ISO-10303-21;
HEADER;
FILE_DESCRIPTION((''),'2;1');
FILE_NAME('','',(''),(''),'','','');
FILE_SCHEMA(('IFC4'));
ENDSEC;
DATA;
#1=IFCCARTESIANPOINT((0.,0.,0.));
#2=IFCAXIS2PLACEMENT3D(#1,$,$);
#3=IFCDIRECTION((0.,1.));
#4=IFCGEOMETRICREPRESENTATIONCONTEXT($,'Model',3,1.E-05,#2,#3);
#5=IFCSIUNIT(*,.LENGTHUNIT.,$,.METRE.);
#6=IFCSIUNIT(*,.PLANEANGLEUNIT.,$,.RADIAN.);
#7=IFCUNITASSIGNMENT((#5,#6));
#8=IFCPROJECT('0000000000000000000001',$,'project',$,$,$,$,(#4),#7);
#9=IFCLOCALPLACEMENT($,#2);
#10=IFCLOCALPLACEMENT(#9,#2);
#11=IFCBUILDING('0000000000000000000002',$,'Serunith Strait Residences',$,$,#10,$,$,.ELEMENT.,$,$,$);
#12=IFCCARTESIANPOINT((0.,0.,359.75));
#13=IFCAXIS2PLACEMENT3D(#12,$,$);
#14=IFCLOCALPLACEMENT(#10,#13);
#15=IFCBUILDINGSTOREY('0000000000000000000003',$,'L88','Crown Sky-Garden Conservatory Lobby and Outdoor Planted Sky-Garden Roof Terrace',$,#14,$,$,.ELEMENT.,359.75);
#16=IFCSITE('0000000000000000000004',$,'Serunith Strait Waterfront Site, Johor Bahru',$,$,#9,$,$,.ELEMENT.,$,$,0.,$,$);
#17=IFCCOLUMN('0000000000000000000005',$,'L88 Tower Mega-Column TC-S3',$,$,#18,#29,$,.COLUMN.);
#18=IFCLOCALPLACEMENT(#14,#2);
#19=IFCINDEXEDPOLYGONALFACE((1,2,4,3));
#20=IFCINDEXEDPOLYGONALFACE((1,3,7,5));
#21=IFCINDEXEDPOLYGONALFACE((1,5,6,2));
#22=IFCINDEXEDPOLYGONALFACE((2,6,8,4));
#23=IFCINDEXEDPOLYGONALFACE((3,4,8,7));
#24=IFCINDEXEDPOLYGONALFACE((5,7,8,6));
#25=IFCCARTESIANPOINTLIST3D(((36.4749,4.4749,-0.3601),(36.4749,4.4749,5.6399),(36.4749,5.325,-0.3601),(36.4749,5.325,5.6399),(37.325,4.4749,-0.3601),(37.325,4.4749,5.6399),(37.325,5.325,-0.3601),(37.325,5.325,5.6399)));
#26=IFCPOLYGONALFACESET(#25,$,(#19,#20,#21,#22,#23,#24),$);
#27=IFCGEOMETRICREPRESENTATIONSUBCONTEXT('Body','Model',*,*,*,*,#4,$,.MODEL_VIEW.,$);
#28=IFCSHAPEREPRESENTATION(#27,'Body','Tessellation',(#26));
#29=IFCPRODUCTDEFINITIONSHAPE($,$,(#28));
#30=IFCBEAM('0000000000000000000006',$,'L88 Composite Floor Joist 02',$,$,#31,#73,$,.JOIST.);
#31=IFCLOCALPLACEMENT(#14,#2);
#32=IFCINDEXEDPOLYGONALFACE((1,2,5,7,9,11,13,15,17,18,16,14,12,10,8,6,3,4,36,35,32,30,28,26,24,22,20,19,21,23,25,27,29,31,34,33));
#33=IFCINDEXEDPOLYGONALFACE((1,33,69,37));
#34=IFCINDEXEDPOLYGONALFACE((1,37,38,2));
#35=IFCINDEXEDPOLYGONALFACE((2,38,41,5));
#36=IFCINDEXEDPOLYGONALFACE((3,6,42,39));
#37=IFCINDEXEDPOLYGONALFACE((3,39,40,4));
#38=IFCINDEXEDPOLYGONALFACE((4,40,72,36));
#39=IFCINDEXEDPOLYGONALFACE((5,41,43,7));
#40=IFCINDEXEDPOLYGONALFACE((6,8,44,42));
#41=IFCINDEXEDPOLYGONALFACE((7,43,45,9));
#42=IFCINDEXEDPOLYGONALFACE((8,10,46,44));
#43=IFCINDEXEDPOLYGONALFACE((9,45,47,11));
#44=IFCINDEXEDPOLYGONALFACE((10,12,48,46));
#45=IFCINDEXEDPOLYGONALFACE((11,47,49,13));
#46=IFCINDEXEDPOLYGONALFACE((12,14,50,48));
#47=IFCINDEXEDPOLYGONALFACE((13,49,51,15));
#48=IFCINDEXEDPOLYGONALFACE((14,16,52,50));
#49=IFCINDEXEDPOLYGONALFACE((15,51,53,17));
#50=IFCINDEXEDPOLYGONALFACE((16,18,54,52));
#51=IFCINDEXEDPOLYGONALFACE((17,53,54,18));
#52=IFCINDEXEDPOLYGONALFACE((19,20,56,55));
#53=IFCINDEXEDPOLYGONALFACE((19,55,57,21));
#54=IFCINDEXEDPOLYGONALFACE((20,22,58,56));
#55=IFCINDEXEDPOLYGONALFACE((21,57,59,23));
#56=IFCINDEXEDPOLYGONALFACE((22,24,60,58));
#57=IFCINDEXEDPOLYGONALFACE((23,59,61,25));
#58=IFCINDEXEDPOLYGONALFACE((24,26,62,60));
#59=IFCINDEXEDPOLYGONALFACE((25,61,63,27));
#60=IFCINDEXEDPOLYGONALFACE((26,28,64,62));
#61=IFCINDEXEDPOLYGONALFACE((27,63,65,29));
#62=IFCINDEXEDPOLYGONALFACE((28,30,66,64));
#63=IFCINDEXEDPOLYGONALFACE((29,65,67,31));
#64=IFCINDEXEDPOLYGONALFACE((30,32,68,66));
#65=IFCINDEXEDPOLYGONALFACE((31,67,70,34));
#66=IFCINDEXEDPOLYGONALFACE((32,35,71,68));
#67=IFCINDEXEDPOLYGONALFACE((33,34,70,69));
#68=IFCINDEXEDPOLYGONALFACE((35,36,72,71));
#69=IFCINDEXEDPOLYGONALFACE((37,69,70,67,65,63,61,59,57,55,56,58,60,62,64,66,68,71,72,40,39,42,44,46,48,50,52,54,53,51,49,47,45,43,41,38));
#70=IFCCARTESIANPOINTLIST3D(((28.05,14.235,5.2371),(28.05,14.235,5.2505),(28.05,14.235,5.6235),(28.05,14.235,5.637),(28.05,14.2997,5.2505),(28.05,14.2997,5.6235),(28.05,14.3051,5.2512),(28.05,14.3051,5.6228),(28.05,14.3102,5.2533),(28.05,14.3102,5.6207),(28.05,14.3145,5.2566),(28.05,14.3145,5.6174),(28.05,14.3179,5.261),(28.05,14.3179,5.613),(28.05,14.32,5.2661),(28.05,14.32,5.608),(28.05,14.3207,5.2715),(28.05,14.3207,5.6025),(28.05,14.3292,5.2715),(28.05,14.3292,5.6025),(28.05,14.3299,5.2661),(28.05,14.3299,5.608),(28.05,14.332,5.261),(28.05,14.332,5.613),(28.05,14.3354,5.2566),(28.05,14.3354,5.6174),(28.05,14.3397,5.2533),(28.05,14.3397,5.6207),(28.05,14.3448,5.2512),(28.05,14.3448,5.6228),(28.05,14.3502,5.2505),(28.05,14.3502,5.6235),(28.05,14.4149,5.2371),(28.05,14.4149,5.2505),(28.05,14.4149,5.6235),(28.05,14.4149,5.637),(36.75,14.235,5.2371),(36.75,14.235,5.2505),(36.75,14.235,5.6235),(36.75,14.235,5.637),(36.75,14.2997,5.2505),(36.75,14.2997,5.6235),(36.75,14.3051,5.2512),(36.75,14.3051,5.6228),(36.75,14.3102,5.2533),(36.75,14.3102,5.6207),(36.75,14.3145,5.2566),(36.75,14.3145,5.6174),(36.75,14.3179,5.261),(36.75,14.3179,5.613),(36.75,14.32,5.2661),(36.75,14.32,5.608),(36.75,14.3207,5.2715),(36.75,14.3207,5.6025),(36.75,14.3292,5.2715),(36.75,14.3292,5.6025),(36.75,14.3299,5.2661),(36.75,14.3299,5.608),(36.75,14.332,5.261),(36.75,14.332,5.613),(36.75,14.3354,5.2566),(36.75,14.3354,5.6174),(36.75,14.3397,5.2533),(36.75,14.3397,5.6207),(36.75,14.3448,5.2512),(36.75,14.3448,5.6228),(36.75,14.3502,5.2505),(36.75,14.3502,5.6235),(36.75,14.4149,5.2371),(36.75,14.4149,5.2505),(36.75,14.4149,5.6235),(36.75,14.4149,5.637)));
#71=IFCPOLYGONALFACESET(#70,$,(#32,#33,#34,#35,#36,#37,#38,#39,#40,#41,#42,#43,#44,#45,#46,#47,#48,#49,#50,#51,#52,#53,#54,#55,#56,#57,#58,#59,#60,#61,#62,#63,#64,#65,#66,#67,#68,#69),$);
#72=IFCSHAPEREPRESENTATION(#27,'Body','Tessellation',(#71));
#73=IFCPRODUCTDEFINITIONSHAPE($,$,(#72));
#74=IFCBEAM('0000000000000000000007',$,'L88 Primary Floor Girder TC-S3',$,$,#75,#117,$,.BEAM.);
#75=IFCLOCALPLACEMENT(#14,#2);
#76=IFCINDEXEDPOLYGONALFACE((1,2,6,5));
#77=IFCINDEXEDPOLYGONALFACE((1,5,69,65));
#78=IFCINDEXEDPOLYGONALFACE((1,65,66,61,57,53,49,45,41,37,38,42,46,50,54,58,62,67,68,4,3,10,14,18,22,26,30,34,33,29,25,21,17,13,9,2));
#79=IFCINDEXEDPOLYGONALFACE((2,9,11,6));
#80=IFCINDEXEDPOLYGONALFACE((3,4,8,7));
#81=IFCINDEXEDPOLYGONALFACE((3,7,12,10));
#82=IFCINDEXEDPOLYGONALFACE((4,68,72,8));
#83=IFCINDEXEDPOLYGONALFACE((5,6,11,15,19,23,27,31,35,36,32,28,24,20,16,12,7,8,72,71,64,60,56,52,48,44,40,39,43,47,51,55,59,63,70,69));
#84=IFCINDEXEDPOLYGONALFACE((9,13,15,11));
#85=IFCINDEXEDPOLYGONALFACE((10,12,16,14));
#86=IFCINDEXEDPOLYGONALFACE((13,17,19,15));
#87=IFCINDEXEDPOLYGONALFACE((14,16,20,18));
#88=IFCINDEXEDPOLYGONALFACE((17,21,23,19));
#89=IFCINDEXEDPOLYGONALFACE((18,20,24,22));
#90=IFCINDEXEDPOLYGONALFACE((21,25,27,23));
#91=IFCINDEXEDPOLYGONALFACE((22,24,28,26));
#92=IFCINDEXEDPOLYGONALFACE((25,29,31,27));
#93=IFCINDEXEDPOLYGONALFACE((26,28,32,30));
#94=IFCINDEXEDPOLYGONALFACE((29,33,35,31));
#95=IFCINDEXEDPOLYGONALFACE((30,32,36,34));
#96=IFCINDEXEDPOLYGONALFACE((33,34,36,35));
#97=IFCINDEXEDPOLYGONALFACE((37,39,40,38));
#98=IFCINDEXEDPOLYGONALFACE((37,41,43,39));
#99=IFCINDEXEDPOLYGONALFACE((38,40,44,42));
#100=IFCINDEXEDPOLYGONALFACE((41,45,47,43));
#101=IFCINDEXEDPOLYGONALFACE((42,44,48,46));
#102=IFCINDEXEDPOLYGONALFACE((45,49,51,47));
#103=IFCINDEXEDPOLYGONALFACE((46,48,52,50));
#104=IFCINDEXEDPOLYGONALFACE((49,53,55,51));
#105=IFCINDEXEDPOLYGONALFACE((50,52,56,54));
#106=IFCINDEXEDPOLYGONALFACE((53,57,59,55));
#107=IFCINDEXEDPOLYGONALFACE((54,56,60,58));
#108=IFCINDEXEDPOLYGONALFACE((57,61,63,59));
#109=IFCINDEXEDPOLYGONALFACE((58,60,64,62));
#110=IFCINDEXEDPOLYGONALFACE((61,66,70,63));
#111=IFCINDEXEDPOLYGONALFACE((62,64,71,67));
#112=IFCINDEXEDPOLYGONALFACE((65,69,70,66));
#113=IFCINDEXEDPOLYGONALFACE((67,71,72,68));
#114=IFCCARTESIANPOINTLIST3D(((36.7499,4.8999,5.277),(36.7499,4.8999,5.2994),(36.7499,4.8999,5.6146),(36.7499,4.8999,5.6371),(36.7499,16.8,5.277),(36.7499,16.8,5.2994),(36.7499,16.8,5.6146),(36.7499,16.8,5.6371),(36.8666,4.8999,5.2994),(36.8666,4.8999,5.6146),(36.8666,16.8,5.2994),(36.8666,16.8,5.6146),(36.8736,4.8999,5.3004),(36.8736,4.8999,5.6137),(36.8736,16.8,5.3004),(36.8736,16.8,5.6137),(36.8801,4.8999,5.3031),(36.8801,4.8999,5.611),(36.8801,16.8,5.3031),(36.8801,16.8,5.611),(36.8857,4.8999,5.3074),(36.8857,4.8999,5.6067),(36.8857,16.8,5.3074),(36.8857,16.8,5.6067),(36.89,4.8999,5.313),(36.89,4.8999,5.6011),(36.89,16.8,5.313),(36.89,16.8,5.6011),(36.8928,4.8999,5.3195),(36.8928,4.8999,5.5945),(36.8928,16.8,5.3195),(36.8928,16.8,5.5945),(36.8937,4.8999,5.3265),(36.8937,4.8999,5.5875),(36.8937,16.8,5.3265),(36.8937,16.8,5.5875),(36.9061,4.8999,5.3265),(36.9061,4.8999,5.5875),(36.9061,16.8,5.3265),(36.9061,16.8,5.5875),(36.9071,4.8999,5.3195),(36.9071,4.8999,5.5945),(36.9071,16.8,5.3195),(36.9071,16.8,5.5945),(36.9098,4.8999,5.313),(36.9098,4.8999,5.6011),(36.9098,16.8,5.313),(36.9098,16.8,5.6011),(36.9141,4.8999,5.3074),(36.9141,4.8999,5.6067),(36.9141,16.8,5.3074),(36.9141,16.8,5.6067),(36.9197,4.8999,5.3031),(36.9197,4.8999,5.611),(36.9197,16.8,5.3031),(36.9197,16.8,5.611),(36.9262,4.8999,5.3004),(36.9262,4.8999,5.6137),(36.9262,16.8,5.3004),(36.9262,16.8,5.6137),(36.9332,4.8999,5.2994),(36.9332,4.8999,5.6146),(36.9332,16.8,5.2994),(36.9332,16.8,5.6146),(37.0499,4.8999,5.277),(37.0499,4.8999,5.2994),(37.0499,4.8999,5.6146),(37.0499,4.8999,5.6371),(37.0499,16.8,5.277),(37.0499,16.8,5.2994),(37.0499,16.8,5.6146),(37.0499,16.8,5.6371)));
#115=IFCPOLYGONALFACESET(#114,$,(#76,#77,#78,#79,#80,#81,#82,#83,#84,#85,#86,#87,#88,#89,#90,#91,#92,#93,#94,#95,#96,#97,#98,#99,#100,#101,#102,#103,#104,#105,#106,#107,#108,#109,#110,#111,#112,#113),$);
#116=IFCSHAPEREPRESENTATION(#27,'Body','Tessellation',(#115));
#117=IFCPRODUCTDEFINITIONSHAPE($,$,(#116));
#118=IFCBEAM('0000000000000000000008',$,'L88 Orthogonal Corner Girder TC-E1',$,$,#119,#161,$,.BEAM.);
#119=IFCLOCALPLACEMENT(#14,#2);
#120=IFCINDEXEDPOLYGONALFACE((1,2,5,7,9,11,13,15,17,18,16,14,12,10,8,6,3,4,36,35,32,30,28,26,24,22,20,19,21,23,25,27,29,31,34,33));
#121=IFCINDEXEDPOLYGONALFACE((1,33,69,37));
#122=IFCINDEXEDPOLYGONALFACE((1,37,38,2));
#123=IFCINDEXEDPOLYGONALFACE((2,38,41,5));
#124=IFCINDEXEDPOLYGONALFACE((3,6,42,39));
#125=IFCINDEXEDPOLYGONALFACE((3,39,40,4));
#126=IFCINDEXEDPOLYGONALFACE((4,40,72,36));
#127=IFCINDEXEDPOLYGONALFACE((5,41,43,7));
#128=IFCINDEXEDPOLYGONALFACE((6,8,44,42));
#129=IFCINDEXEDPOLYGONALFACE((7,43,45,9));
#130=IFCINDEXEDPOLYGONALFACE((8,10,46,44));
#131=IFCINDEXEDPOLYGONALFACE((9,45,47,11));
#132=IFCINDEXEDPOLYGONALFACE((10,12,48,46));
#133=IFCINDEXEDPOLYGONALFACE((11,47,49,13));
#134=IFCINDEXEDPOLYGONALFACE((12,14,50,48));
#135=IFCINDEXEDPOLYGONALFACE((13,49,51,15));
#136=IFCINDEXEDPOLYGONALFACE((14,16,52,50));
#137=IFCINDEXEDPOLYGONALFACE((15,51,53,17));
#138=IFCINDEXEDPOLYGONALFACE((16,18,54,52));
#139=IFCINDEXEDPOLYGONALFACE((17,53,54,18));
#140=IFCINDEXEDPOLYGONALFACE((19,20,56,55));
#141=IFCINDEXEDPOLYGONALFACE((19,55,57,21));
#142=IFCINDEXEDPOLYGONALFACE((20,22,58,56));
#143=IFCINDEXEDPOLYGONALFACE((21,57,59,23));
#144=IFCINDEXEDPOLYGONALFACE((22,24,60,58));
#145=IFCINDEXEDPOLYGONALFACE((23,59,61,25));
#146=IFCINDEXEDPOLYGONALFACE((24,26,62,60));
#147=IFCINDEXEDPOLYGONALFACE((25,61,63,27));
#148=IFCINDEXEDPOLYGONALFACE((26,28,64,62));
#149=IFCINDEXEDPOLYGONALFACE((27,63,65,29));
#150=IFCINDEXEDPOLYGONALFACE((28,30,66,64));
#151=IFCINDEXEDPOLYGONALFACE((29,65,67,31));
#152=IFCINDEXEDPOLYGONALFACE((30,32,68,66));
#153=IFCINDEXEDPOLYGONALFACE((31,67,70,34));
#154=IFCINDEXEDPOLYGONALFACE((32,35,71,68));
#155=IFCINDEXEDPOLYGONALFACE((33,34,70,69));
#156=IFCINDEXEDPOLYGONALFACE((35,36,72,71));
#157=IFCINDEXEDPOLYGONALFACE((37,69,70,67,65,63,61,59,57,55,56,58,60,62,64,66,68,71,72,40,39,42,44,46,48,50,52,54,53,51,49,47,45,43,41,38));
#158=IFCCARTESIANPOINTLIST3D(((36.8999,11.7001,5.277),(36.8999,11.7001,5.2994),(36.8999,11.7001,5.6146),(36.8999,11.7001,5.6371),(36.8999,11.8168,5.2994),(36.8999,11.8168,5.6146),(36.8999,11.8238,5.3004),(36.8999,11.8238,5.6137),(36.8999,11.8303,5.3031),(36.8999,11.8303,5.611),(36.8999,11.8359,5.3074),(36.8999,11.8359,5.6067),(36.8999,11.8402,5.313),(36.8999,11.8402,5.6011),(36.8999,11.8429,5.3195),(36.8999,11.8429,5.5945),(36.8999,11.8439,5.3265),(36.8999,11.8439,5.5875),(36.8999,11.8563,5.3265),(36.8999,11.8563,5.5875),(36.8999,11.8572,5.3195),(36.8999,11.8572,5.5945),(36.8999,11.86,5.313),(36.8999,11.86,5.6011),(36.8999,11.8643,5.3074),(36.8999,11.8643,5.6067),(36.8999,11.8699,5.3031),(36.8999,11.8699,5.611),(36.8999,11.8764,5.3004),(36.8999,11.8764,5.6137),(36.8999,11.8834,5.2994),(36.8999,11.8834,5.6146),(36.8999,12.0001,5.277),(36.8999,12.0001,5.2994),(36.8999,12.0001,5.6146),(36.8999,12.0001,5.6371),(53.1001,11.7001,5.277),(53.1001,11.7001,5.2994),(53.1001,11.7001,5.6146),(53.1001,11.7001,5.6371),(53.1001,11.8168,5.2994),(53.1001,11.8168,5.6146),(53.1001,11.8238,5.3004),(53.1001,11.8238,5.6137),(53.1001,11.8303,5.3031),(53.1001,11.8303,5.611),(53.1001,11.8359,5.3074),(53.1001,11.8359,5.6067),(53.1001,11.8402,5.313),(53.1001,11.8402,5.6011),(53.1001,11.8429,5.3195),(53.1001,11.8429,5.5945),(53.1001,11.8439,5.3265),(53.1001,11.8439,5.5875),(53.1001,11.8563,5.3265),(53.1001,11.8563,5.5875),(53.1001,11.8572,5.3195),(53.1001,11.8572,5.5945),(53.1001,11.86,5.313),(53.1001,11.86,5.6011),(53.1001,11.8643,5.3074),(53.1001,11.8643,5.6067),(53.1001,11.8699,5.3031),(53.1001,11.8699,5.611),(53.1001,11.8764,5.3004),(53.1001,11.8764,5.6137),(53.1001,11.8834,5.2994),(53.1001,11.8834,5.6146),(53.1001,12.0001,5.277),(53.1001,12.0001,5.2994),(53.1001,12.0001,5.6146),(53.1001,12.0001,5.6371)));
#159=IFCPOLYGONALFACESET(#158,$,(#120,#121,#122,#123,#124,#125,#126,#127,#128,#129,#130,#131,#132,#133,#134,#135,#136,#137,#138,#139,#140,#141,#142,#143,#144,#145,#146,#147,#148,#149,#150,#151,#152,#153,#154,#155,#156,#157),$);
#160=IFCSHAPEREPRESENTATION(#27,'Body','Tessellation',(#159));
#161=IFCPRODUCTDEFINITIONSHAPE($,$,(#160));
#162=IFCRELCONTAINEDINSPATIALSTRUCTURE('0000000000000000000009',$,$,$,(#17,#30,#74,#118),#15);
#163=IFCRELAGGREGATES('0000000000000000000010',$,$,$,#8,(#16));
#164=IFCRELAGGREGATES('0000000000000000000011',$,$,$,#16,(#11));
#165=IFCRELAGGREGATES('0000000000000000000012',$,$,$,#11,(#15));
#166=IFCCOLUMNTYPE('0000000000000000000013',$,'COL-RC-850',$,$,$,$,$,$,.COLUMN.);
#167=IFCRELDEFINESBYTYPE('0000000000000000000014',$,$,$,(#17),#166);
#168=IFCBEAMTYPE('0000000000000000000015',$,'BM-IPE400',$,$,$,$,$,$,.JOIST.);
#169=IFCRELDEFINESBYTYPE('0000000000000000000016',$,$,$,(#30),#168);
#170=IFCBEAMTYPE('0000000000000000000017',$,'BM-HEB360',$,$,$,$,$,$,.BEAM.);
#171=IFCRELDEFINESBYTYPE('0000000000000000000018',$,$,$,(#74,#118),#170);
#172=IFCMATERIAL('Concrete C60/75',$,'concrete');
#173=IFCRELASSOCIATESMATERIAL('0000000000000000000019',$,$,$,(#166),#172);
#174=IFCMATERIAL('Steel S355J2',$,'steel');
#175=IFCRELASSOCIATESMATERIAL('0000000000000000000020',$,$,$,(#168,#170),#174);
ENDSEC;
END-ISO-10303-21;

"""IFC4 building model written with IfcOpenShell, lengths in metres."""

from ifc_helpers import new_model, si_unit, direction, frame, origin, origin_2d, place, context, subcontext, project, spatial, rectangle, i_section, extrude, source, transform, mapped, material, material_profile, profile_set, type_object, element, save


model = new_model("IFC4")

# Units and contexts
model_context = context("Model", 3, precision=1e-05, world=origin(), true_north=direction((0.0, 1.0)))
body_context = subcontext(model_context, "Body", "Model", "MODEL_VIEW")
ifc_project = project(units=[si_unit("LENGTHUNIT", "METRE"), si_unit("PLANEANGLEUNIT", "RADIAN")], contexts=[model_context])

# Site, building, storey
site_placement = place(None, origin())
site = spatial("IfcSite", under=ifc_project, at=site_placement, Name="Serunith Strait Waterfront Site, Johor Bahru", CompositionType="ELEMENT", RefElevation=0.0)
building_placement = place(site_placement, origin())
building = spatial("IfcBuilding", under=site, at=building_placement, Name="Serunith Strait Residences", CompositionType="ELEMENT")
storey_placement = place(building_placement, frame((0.0, 0.0, 359.75)))
storey = spatial("IfcBuildingStorey", under=building, at=storey_placement, Name="L88", Description="Crown Sky-Garden Conservatory Lobby and Outdoor Planted Sky-Garden Roof Terrace", CompositionType="ELEMENT", Elevation=359.75)

# Column
ifc_material_1 = material(Name="Concrete C60/75", Category="concrete")
ifc_material_profile_1 = material_profile(ifc_material_1, rectangle(XDim=0.8501, YDim=0.8501, at=origin_2d()), Name="RC 850x850")
ifc_profile_set_1 = profile_set([ifc_material_profile_1], Name="Concrete C60/75")
column_type = type_object("IfcColumnType", Name="COL-RC-850", PredefinedType="COLUMN", material=ifc_profile_set_1)
shared_shape_1 = source(origin(), body_context, "Body", "SweptSolid", [
    extrude(rectangle(XDim=0.8501, YDim=0.8501, at=origin_2d()), origin(), (0.0, 0.0, 1.0), 6.0),
])
column_placement = place(storey_placement, frame((36.8999, 4.8999, -0.3601), z_axis=(0.0, 0.0, 1.0), x_axis=(1.0, 0.0, 0.0)))
element("IfcColumn", 1, at=column_placement, inside=storey, type_object=column_type, Name="L88 Tower Mega-Column TC-S3", PredefinedType="COLUMN", context=body_context, shape_type="MappedRepresentation", body=[
    mapped(shared_shape_1, transform((0.0, 0.0, 0.0), scale=1.0)),
])

# Beams
ifc_material_2 = material(Name="Steel S355J2", Category="steel")
ifc_material_profile_2 = material_profile(ifc_material_2, i_section(OverallWidth=0.1799, OverallDepth=0.3999, WebThickness=0.0085, FlangeThickness=0.0134, FilletRadius=0.021, at=origin_2d()), Name="IPE 400")
ifc_profile_set_2 = profile_set([ifc_material_profile_2], Name="Steel S355J2")
beam_type_1 = type_object("IfcBeamType", Name="BM-IPE400", PredefinedType="JOIST", material=ifc_profile_set_2)
shared_shape_2 = source(origin(), body_context, "Body", "SweptSolid", [
    extrude(i_section(OverallWidth=0.1799, OverallDepth=0.3999, WebThickness=0.0085, FlangeThickness=0.0134, FilletRadius=0.021, at=origin_2d()), origin(), (0.0, 0.0, 1.0), 8.7),
])
beam_1_placement = place(storey_placement, frame((28.05, 14.325, 5.437), z_axis=(1.0, 0.0, 0.0), x_axis=(0.0, 1.0, 0.0)))
element("IfcBeam", 2, at=beam_1_placement, inside=storey, type_object=beam_type_1, Name="L88 Composite Floor Joist 02", PredefinedType="JOIST", context=body_context, shape_type="MappedRepresentation", body=[
    mapped(shared_shape_2, transform((0.0, 0.0, 0.0), scale=1.0)),
])
ifc_material_profile_3 = material_profile(ifc_material_2, i_section(OverallWidth=0.3, OverallDepth=0.3601, WebThickness=0.0125, FlangeThickness=0.0225, FilletRadius=0.0271, at=origin_2d()), Name="HEB 360")
ifc_profile_set_3 = profile_set([ifc_material_profile_3], Name="Steel S355J2")
beam_type_2 = type_object("IfcBeamType", Name="BM-HEB360", PredefinedType="BEAM", material=ifc_profile_set_3)
shared_shape_3 = source(origin(), body_context, "Body", "SweptSolid", [
    extrude(i_section(OverallWidth=0.3, OverallDepth=0.3601, WebThickness=0.0125, FlangeThickness=0.0225, FilletRadius=0.0271, at=origin_2d()), origin(), (0.0, 0.0, 1.0), 11.9001),
])
beam_2_placement = place(storey_placement, frame((36.8999, 16.8, 5.457), z_axis=(0.0, -1.0, 0.0), x_axis=(1.0, 0.0, 0.0)))
element("IfcBeam", 3, at=beam_2_placement, inside=storey, type_object=beam_type_2, Name="L88 Primary Floor Girder TC-S3", PredefinedType="BEAM", context=body_context, shape_type="MappedRepresentation", body=[
    mapped(shared_shape_3, transform((0.0, 0.0, 0.0), scale=1.0)),
])
shared_shape_4 = source(origin(), body_context, "Body", "SweptSolid", [
    extrude(i_section(OverallWidth=0.3, OverallDepth=0.3601, WebThickness=0.0125, FlangeThickness=0.0225, FilletRadius=0.0271, at=origin_2d()), origin(), (0.0, 0.0, 1.0), 16.2002),
])
beam_3_placement = place(storey_placement, frame((36.8999, 11.8501, 5.457), z_axis=(1.0, 0.0, 0.0), x_axis=(0.0, 1.0, 0.0)))
element("IfcBeam", 4, at=beam_3_placement, inside=storey, type_object=beam_type_2, Name="L88 Orthogonal Corner Girder TC-E1", PredefinedType="BEAM", context=body_context, shape_type="MappedRepresentation", body=[
    mapped(shared_shape_4, transform((0.0, 0.0, 0.0), scale=1.0)),
])

save(model, "model.ifc")
